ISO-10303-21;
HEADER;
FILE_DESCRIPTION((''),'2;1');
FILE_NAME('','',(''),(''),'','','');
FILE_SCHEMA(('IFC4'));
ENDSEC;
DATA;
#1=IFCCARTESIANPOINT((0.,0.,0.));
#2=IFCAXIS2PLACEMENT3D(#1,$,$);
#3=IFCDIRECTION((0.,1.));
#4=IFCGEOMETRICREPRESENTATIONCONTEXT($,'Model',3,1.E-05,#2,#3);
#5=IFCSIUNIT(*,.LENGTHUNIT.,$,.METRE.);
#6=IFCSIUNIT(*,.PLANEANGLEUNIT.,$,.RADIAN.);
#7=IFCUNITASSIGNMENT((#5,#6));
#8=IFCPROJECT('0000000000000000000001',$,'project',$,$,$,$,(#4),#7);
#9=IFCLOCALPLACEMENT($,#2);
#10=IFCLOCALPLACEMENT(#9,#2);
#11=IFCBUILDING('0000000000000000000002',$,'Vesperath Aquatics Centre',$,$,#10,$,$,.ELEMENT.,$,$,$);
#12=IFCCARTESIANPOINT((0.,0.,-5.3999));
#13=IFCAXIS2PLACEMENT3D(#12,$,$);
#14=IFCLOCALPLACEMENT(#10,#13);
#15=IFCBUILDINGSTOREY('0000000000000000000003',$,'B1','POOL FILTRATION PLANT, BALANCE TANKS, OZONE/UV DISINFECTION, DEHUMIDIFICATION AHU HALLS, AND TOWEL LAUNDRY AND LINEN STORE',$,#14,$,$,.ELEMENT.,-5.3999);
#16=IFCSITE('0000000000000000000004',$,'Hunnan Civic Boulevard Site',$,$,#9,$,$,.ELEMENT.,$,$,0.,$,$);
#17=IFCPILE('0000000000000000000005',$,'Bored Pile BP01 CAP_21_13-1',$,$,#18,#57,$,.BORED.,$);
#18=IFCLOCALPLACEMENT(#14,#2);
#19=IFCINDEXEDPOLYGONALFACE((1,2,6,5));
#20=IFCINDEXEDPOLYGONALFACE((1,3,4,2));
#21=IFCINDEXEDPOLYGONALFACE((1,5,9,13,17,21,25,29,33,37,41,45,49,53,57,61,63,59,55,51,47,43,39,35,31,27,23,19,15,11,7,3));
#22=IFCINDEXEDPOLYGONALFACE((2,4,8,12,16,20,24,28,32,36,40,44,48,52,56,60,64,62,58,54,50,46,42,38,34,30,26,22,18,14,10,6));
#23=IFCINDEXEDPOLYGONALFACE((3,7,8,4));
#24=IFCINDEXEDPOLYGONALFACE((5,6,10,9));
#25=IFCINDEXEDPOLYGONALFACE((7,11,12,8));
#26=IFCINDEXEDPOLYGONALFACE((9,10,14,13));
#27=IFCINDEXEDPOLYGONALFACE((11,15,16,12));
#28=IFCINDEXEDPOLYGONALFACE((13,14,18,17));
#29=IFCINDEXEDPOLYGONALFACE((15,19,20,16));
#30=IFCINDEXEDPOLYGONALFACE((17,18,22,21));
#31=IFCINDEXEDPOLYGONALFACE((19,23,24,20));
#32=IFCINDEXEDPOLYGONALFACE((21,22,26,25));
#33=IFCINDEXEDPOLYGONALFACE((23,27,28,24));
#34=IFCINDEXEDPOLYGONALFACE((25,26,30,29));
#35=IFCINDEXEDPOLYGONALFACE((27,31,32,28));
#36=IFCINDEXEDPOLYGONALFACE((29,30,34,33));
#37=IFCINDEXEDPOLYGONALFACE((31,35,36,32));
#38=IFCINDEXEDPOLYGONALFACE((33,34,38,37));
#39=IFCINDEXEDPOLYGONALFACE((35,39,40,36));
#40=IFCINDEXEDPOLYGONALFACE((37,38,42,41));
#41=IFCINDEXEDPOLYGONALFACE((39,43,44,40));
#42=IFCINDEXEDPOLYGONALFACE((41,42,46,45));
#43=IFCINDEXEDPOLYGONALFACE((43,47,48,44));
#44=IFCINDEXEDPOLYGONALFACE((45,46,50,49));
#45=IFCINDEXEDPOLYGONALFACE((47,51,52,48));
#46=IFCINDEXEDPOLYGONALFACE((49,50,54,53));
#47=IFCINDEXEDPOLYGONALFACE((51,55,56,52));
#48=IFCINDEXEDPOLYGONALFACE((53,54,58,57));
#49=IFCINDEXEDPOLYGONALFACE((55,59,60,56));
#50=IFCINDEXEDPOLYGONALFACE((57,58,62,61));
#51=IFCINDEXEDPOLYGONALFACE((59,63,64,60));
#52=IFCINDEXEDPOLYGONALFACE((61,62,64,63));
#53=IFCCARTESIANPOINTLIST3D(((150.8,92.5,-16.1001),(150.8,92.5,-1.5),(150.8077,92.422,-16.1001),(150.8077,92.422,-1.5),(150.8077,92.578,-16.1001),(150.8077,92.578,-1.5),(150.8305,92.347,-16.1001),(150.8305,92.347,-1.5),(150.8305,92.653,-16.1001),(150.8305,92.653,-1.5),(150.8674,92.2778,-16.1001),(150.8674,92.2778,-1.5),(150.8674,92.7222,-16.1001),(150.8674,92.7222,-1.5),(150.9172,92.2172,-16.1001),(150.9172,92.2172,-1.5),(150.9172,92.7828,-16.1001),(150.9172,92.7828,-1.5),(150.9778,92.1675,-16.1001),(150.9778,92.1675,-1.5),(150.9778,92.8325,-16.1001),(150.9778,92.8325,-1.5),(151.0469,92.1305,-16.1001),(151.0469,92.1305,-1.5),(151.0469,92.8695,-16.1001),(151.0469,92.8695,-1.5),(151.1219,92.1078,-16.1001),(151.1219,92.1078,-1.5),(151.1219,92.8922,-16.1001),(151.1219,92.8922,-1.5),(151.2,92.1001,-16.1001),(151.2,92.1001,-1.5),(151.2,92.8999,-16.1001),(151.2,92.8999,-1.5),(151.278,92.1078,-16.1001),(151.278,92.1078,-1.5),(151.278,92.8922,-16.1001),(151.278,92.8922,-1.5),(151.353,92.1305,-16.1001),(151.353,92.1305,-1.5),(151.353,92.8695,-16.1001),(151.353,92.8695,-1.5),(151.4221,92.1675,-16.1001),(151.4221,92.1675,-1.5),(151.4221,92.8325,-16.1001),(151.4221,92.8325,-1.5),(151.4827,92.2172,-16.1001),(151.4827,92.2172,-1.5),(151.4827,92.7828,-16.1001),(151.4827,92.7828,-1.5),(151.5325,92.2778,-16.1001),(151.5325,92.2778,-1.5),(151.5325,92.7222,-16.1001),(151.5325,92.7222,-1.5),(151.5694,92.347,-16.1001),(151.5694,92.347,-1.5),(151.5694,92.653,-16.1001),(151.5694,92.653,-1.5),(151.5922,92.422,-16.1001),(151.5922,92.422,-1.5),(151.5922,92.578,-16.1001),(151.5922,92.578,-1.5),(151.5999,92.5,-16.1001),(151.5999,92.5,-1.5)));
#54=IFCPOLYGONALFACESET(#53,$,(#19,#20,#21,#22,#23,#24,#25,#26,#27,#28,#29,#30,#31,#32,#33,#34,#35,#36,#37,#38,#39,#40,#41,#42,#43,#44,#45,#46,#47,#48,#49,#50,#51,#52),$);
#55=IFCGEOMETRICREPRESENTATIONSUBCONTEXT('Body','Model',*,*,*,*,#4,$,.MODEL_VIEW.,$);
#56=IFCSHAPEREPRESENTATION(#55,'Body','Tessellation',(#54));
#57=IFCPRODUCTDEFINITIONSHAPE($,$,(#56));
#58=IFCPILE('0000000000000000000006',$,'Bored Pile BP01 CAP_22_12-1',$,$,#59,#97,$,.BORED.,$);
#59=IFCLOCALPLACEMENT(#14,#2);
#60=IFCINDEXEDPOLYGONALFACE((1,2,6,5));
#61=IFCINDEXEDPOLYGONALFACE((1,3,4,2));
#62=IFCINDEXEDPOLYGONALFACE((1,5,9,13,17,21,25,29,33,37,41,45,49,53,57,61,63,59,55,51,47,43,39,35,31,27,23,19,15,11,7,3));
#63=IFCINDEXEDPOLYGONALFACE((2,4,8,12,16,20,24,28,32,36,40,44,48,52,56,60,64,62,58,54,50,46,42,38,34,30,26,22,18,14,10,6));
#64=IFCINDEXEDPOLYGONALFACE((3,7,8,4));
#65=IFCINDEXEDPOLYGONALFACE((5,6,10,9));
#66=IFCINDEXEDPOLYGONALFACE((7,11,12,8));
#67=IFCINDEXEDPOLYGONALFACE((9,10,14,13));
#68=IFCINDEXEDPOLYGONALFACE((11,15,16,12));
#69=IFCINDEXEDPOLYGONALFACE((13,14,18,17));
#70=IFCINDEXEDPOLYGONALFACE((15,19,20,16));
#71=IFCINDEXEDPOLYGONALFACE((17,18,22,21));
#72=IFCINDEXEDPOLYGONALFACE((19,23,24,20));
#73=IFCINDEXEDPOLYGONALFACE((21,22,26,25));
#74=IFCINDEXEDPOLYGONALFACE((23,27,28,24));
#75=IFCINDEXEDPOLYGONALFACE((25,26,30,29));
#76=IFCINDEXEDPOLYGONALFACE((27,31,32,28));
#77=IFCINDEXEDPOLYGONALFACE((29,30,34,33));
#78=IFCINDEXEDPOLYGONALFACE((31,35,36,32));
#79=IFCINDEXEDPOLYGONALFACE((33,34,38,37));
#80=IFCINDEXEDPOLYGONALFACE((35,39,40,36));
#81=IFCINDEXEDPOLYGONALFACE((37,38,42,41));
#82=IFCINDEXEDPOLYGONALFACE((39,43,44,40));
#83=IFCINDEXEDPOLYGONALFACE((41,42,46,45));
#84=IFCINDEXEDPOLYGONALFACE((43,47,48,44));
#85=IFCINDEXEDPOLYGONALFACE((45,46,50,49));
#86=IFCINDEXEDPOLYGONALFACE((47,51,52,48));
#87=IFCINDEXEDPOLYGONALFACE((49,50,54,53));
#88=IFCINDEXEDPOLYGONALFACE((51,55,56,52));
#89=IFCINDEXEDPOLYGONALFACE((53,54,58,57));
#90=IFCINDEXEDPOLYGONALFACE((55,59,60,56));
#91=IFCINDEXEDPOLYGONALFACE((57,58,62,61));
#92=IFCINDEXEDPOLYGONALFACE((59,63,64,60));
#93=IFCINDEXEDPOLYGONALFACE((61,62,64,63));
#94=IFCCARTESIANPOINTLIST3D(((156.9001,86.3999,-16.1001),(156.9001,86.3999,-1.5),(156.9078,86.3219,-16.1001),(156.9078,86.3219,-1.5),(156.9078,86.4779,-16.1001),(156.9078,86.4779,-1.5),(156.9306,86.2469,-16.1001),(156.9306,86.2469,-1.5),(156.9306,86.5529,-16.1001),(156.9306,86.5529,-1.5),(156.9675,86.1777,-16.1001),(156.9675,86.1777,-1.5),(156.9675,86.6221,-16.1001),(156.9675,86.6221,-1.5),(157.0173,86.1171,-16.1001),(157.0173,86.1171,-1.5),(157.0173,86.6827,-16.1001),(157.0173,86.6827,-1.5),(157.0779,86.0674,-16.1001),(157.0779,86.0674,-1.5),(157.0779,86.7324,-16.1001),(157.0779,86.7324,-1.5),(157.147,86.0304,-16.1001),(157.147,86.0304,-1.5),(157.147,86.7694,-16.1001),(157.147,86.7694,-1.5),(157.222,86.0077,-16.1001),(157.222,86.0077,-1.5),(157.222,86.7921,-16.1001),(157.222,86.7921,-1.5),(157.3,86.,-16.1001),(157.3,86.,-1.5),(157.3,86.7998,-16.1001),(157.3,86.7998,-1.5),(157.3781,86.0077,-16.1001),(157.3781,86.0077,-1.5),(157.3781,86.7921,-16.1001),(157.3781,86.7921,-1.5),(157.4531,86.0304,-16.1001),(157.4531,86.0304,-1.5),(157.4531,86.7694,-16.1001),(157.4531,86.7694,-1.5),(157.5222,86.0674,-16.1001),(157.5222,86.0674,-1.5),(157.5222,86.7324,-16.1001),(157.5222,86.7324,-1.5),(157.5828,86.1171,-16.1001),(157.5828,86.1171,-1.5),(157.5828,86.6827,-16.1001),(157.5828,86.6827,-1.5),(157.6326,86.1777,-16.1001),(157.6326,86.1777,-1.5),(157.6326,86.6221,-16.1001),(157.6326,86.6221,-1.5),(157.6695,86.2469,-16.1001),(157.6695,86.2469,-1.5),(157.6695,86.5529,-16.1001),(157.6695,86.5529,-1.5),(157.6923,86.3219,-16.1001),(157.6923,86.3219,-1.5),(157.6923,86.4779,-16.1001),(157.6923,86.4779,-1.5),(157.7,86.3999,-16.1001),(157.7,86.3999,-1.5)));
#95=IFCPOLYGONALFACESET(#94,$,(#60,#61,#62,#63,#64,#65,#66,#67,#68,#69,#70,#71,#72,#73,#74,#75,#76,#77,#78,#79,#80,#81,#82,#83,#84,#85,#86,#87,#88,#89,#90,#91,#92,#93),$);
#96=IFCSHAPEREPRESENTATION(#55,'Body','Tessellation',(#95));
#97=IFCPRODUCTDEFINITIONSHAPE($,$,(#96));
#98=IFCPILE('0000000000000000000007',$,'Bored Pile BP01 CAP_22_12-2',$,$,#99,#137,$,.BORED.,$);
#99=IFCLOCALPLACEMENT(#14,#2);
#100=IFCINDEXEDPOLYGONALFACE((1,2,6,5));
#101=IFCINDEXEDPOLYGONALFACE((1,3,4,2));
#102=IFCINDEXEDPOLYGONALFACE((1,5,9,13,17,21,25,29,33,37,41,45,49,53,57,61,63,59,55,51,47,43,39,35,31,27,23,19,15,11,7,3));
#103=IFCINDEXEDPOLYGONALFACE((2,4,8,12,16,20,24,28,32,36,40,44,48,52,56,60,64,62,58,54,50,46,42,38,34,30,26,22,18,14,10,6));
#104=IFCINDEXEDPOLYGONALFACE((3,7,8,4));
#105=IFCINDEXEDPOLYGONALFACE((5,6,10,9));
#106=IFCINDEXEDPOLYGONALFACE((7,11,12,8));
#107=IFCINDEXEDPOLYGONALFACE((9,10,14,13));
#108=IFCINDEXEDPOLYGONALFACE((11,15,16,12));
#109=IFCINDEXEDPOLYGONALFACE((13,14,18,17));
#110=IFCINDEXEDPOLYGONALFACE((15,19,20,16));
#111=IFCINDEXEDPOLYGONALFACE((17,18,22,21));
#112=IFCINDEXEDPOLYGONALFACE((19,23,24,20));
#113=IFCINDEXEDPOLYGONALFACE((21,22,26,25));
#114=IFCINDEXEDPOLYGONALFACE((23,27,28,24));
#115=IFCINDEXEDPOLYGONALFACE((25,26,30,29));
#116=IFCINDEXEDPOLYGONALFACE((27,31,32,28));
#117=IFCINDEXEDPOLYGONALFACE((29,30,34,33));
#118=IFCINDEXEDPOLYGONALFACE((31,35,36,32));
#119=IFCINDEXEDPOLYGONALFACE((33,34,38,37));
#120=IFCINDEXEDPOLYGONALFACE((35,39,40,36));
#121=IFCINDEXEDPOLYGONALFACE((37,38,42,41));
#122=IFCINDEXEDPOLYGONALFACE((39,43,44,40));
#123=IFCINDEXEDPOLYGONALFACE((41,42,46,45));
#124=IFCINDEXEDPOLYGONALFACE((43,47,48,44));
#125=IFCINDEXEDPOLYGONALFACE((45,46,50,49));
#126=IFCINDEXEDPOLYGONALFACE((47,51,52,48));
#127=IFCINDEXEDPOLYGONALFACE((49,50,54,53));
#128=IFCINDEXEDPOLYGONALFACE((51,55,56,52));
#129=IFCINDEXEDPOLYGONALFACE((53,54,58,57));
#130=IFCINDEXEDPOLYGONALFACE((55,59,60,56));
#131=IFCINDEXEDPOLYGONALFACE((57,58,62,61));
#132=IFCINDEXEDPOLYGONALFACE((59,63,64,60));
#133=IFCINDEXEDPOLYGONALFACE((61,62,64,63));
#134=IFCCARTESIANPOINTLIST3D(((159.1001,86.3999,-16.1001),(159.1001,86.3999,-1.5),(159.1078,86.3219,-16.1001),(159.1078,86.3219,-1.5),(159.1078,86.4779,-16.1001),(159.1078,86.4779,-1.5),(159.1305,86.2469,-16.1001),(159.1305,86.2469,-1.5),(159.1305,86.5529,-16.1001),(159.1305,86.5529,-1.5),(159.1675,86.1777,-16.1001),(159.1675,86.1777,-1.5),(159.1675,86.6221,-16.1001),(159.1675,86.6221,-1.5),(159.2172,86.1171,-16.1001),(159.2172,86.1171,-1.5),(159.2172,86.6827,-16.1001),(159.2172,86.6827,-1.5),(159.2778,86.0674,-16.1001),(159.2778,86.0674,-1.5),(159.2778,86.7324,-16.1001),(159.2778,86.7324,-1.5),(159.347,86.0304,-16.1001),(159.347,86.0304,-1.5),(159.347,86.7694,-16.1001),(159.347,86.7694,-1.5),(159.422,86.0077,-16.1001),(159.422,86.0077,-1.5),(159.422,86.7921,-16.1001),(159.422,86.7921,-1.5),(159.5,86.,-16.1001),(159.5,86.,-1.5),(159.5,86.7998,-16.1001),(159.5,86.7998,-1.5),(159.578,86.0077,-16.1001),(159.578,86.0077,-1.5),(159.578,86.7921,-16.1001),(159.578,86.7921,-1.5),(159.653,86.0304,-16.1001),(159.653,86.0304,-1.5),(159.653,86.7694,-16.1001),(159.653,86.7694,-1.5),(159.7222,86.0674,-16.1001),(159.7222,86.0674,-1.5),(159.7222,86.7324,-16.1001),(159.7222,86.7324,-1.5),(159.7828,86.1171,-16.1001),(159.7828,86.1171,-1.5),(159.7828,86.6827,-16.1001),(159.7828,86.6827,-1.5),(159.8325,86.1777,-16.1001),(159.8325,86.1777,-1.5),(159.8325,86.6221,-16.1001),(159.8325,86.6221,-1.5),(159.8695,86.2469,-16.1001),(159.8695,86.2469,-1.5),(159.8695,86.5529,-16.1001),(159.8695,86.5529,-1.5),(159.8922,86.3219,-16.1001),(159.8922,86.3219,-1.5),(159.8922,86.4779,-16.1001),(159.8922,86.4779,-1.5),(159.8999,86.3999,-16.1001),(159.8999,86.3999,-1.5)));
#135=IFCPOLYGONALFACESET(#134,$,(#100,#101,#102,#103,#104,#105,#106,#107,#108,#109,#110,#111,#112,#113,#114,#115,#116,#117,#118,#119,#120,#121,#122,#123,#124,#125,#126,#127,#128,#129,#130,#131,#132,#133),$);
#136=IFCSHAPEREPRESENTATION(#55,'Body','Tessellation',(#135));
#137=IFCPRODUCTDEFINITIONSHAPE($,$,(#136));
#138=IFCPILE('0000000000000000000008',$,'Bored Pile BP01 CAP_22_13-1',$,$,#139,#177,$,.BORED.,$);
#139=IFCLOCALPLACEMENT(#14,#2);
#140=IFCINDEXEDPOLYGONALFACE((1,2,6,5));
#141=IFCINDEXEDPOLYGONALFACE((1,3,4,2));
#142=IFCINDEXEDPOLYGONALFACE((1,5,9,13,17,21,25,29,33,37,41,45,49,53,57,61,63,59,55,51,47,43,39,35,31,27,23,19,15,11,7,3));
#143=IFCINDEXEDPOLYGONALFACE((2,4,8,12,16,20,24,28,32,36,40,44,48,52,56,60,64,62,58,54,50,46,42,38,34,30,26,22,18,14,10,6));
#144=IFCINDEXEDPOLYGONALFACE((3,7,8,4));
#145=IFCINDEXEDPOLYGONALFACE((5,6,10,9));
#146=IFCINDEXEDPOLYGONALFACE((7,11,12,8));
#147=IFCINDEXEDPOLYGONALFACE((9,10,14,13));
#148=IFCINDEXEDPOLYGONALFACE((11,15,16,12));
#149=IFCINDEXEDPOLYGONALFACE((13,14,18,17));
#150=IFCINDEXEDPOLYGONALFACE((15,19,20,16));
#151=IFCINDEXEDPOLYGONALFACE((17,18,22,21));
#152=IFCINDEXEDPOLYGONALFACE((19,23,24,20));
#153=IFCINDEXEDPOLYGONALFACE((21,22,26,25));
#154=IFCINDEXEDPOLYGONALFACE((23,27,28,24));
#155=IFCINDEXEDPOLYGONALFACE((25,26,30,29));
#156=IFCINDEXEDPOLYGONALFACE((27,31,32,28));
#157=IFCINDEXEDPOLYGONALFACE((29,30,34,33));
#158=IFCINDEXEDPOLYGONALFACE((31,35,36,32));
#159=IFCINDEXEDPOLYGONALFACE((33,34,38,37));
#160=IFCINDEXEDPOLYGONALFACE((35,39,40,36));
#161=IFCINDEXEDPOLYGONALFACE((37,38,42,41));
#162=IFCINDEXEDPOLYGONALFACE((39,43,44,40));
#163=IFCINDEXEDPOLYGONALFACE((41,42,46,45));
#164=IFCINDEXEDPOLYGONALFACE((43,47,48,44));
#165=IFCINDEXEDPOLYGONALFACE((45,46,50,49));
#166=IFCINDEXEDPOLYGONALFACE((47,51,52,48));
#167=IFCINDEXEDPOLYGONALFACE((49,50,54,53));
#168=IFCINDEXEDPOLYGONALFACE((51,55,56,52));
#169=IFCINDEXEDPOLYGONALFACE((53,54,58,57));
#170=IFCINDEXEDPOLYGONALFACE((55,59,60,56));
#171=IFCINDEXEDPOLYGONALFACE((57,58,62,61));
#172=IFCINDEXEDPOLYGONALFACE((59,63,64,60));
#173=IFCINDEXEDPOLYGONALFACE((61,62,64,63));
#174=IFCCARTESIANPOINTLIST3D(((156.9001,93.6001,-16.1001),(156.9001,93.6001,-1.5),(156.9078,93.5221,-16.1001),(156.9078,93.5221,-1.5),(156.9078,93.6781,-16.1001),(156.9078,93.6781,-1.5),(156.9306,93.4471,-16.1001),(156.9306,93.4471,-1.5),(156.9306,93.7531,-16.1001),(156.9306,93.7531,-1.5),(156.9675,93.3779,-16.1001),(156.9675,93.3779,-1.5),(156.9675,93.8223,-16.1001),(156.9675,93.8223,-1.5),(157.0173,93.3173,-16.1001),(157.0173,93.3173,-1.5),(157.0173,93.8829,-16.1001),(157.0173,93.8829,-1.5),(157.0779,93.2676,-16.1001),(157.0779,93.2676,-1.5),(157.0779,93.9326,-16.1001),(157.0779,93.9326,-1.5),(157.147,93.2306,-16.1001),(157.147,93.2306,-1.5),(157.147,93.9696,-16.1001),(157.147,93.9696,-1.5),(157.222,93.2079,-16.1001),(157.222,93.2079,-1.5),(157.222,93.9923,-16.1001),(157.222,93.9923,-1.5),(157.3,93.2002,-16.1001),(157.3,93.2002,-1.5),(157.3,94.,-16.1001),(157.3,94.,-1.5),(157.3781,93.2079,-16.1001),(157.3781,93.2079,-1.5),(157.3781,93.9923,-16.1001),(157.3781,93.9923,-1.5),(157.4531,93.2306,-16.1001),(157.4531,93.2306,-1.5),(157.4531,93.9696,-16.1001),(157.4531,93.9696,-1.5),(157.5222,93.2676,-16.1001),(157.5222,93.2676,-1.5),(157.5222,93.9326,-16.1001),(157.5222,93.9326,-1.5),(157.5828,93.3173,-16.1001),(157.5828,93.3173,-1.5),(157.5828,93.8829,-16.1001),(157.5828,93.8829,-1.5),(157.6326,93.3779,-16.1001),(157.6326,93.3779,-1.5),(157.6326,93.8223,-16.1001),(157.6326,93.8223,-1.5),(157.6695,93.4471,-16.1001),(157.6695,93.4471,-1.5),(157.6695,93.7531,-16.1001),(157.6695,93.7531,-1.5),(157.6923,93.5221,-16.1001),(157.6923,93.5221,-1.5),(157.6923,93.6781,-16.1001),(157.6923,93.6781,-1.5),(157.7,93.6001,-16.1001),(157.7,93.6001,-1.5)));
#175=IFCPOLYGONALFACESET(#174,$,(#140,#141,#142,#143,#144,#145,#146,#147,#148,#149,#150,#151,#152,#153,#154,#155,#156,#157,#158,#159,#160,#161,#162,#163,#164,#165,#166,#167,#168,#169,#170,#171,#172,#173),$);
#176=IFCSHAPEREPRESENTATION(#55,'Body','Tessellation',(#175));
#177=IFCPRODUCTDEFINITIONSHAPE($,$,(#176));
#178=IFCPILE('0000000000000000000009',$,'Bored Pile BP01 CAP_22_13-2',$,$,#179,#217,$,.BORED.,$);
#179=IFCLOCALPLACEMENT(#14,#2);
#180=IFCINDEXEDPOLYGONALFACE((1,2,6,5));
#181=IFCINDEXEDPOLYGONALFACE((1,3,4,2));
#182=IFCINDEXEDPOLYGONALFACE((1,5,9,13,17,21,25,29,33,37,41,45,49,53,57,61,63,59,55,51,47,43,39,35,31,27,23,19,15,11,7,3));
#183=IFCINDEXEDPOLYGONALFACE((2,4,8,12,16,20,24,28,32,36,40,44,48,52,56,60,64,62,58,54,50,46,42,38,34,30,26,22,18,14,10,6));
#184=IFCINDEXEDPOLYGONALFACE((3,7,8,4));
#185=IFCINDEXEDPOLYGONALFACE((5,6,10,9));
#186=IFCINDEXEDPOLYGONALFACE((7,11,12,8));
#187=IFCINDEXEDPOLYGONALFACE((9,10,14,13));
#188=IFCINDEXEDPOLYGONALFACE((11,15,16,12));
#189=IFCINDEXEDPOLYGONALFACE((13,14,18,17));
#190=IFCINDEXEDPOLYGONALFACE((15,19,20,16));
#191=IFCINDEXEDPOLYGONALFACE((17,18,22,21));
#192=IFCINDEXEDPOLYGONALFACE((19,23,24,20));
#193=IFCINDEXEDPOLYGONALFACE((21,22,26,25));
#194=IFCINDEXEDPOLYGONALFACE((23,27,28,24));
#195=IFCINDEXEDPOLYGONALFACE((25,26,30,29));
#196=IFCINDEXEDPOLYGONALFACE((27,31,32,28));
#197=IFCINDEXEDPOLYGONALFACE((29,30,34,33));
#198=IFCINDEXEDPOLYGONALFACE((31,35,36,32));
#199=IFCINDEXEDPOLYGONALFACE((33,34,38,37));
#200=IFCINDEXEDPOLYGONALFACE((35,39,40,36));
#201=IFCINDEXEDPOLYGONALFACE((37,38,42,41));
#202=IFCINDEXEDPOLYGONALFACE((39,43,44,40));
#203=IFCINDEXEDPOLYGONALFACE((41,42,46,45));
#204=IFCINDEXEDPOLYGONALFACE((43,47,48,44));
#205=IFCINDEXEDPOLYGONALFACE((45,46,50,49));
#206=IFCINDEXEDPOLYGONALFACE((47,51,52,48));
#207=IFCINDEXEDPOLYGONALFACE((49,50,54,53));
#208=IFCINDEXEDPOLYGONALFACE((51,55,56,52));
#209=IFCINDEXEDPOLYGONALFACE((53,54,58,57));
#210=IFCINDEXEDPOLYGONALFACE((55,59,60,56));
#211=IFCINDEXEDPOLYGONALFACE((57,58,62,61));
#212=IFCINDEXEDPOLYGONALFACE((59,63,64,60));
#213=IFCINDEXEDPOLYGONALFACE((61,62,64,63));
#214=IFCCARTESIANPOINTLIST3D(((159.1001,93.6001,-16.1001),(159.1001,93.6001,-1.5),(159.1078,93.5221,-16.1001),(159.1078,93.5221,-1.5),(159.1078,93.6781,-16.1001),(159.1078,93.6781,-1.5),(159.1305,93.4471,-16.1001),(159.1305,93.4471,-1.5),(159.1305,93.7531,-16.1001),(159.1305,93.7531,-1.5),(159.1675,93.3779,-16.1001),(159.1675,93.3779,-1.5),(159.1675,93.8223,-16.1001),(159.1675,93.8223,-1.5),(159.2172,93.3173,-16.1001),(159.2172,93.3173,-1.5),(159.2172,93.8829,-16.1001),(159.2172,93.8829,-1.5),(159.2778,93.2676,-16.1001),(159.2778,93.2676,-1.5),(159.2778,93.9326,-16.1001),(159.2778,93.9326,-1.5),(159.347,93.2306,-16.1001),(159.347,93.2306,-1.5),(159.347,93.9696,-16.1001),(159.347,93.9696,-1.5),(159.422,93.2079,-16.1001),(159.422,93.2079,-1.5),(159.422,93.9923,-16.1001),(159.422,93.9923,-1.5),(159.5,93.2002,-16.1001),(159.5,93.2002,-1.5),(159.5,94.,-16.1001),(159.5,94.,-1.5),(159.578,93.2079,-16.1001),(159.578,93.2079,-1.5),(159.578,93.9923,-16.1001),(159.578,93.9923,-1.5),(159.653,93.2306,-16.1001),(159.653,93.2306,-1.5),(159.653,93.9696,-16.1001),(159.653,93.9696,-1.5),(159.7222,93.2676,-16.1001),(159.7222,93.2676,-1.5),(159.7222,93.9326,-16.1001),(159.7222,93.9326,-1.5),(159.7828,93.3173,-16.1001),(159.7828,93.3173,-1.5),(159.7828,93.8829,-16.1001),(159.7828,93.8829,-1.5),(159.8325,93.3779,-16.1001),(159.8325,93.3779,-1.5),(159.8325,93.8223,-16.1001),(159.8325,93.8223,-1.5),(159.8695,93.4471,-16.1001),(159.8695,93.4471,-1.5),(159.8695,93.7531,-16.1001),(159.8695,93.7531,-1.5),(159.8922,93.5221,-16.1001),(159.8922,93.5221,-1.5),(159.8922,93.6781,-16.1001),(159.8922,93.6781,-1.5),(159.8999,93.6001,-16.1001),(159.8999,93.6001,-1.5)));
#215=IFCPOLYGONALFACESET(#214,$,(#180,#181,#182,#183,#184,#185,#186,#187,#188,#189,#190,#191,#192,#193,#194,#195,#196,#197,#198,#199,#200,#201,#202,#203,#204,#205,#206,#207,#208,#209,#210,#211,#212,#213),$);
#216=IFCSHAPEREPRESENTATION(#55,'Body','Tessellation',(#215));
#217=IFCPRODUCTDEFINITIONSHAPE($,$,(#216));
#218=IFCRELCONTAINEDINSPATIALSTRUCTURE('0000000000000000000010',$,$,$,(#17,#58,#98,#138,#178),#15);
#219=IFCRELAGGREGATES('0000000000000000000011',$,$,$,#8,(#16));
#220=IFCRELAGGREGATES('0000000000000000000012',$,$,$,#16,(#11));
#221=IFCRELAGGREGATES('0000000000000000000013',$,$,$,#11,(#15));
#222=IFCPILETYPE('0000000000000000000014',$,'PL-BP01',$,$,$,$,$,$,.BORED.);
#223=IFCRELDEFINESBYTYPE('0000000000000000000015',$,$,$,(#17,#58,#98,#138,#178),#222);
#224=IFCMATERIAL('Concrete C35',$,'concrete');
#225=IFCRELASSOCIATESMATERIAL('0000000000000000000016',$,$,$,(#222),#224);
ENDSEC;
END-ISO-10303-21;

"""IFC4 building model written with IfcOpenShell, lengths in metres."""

from ifc_helpers import new_model, si_unit, direction, frame, origin, origin_2d, place, context, subcontext, project, spatial, circle, extrude, material, material_profile, profile_set, type_object, element, save


model = new_model("IFC4")

# Units and contexts
model_context = context("Model", 3, precision=1e-05, world=origin(), true_north=direction((0.0, 1.0)))
body_context = subcontext(model_context, "Body", "Model", "MODEL_VIEW")
ifc_project = project(units=[si_unit("LENGTHUNIT", "METRE"), si_unit("PLANEANGLEUNIT", "RADIAN")], contexts=[model_context])

# Site, building, storey
site_placement = place(None, origin())
site = spatial("IfcSite", under=ifc_project, at=site_placement, Name="Hunnan Civic Boulevard Site", CompositionType="ELEMENT", RefElevation=0.0)
building_placement = place(site_placement, origin())
building = spatial("IfcBuilding", under=site, at=building_placement, Name="Vesperath Aquatics Centre", CompositionType="ELEMENT")
storey_placement = place(building_placement, frame((0.0, 0.0, -5.3999)))
storey = spatial("IfcBuildingStorey", under=building, at=storey_placement, Name="B1", Description="POOL FILTRATION PLANT, BALANCE TANKS, OZONE/UV DISINFECTION, DEHUMIDIFICATION AHU HALLS, AND TOWEL LAUNDRY AND LINEN STORE", CompositionType="ELEMENT", Elevation=-5.3999)

# Piles
ifc_material_1 = material(Name="Concrete C35", Category="concrete")
ifc_material_profile_1 = material_profile(ifc_material_1, circle(Radius=0.3999, at=origin_2d()), Name="PILE D800")
ifc_profile_set_1 = profile_set([ifc_material_profile_1], Name="Concrete C35")
pile_type = type_object("IfcPileType", Name="PL-BP01", PredefinedType="BORED", material=ifc_profile_set_1)
for number, where, z_axis, x_axis, name in (
    (1, (151.2, 92.5, -1.5), (0.0, 0.0, -1.0), (1.0, 0.0, 0.0), "Bored Pile BP01 CAP_21_13-1"),
    (2, (157.3, 86.3999, -1.5), (0.0, 0.0, -1.0), (1.0, 0.0, 0.0), "Bored Pile BP01 CAP_22_12-1"),
    (3, (159.5, 86.3999, -1.5), (0.0, 0.0, -1.0), (1.0, 0.0, 0.0), "Bored Pile BP01 CAP_22_12-2"),
    (4, (157.3, 93.6001, -1.5), (0.0, 0.0, -1.0), (1.0, 0.0, 0.0), "Bored Pile BP01 CAP_22_13-1"),
    (5, (159.5, 93.6001, -1.5), (0.0, 0.0, -1.0), (1.0, 0.0, 0.0), "Bored Pile BP01 CAP_22_13-2"),
):
    element("IfcPile", number, at=place(storey_placement, frame(where, z_axis=z_axis, x_axis=x_axis)), inside=storey, type_object=pile_type, Name=name, PredefinedType="BORED", context=body_context, shape_type="SweptSolid", body=[
        extrude(circle(Radius=0.3999, at=origin_2d()), origin(), (0.0, 0.0, 1.0), 14.6001),
    ])

save(model, "model.ifc")
